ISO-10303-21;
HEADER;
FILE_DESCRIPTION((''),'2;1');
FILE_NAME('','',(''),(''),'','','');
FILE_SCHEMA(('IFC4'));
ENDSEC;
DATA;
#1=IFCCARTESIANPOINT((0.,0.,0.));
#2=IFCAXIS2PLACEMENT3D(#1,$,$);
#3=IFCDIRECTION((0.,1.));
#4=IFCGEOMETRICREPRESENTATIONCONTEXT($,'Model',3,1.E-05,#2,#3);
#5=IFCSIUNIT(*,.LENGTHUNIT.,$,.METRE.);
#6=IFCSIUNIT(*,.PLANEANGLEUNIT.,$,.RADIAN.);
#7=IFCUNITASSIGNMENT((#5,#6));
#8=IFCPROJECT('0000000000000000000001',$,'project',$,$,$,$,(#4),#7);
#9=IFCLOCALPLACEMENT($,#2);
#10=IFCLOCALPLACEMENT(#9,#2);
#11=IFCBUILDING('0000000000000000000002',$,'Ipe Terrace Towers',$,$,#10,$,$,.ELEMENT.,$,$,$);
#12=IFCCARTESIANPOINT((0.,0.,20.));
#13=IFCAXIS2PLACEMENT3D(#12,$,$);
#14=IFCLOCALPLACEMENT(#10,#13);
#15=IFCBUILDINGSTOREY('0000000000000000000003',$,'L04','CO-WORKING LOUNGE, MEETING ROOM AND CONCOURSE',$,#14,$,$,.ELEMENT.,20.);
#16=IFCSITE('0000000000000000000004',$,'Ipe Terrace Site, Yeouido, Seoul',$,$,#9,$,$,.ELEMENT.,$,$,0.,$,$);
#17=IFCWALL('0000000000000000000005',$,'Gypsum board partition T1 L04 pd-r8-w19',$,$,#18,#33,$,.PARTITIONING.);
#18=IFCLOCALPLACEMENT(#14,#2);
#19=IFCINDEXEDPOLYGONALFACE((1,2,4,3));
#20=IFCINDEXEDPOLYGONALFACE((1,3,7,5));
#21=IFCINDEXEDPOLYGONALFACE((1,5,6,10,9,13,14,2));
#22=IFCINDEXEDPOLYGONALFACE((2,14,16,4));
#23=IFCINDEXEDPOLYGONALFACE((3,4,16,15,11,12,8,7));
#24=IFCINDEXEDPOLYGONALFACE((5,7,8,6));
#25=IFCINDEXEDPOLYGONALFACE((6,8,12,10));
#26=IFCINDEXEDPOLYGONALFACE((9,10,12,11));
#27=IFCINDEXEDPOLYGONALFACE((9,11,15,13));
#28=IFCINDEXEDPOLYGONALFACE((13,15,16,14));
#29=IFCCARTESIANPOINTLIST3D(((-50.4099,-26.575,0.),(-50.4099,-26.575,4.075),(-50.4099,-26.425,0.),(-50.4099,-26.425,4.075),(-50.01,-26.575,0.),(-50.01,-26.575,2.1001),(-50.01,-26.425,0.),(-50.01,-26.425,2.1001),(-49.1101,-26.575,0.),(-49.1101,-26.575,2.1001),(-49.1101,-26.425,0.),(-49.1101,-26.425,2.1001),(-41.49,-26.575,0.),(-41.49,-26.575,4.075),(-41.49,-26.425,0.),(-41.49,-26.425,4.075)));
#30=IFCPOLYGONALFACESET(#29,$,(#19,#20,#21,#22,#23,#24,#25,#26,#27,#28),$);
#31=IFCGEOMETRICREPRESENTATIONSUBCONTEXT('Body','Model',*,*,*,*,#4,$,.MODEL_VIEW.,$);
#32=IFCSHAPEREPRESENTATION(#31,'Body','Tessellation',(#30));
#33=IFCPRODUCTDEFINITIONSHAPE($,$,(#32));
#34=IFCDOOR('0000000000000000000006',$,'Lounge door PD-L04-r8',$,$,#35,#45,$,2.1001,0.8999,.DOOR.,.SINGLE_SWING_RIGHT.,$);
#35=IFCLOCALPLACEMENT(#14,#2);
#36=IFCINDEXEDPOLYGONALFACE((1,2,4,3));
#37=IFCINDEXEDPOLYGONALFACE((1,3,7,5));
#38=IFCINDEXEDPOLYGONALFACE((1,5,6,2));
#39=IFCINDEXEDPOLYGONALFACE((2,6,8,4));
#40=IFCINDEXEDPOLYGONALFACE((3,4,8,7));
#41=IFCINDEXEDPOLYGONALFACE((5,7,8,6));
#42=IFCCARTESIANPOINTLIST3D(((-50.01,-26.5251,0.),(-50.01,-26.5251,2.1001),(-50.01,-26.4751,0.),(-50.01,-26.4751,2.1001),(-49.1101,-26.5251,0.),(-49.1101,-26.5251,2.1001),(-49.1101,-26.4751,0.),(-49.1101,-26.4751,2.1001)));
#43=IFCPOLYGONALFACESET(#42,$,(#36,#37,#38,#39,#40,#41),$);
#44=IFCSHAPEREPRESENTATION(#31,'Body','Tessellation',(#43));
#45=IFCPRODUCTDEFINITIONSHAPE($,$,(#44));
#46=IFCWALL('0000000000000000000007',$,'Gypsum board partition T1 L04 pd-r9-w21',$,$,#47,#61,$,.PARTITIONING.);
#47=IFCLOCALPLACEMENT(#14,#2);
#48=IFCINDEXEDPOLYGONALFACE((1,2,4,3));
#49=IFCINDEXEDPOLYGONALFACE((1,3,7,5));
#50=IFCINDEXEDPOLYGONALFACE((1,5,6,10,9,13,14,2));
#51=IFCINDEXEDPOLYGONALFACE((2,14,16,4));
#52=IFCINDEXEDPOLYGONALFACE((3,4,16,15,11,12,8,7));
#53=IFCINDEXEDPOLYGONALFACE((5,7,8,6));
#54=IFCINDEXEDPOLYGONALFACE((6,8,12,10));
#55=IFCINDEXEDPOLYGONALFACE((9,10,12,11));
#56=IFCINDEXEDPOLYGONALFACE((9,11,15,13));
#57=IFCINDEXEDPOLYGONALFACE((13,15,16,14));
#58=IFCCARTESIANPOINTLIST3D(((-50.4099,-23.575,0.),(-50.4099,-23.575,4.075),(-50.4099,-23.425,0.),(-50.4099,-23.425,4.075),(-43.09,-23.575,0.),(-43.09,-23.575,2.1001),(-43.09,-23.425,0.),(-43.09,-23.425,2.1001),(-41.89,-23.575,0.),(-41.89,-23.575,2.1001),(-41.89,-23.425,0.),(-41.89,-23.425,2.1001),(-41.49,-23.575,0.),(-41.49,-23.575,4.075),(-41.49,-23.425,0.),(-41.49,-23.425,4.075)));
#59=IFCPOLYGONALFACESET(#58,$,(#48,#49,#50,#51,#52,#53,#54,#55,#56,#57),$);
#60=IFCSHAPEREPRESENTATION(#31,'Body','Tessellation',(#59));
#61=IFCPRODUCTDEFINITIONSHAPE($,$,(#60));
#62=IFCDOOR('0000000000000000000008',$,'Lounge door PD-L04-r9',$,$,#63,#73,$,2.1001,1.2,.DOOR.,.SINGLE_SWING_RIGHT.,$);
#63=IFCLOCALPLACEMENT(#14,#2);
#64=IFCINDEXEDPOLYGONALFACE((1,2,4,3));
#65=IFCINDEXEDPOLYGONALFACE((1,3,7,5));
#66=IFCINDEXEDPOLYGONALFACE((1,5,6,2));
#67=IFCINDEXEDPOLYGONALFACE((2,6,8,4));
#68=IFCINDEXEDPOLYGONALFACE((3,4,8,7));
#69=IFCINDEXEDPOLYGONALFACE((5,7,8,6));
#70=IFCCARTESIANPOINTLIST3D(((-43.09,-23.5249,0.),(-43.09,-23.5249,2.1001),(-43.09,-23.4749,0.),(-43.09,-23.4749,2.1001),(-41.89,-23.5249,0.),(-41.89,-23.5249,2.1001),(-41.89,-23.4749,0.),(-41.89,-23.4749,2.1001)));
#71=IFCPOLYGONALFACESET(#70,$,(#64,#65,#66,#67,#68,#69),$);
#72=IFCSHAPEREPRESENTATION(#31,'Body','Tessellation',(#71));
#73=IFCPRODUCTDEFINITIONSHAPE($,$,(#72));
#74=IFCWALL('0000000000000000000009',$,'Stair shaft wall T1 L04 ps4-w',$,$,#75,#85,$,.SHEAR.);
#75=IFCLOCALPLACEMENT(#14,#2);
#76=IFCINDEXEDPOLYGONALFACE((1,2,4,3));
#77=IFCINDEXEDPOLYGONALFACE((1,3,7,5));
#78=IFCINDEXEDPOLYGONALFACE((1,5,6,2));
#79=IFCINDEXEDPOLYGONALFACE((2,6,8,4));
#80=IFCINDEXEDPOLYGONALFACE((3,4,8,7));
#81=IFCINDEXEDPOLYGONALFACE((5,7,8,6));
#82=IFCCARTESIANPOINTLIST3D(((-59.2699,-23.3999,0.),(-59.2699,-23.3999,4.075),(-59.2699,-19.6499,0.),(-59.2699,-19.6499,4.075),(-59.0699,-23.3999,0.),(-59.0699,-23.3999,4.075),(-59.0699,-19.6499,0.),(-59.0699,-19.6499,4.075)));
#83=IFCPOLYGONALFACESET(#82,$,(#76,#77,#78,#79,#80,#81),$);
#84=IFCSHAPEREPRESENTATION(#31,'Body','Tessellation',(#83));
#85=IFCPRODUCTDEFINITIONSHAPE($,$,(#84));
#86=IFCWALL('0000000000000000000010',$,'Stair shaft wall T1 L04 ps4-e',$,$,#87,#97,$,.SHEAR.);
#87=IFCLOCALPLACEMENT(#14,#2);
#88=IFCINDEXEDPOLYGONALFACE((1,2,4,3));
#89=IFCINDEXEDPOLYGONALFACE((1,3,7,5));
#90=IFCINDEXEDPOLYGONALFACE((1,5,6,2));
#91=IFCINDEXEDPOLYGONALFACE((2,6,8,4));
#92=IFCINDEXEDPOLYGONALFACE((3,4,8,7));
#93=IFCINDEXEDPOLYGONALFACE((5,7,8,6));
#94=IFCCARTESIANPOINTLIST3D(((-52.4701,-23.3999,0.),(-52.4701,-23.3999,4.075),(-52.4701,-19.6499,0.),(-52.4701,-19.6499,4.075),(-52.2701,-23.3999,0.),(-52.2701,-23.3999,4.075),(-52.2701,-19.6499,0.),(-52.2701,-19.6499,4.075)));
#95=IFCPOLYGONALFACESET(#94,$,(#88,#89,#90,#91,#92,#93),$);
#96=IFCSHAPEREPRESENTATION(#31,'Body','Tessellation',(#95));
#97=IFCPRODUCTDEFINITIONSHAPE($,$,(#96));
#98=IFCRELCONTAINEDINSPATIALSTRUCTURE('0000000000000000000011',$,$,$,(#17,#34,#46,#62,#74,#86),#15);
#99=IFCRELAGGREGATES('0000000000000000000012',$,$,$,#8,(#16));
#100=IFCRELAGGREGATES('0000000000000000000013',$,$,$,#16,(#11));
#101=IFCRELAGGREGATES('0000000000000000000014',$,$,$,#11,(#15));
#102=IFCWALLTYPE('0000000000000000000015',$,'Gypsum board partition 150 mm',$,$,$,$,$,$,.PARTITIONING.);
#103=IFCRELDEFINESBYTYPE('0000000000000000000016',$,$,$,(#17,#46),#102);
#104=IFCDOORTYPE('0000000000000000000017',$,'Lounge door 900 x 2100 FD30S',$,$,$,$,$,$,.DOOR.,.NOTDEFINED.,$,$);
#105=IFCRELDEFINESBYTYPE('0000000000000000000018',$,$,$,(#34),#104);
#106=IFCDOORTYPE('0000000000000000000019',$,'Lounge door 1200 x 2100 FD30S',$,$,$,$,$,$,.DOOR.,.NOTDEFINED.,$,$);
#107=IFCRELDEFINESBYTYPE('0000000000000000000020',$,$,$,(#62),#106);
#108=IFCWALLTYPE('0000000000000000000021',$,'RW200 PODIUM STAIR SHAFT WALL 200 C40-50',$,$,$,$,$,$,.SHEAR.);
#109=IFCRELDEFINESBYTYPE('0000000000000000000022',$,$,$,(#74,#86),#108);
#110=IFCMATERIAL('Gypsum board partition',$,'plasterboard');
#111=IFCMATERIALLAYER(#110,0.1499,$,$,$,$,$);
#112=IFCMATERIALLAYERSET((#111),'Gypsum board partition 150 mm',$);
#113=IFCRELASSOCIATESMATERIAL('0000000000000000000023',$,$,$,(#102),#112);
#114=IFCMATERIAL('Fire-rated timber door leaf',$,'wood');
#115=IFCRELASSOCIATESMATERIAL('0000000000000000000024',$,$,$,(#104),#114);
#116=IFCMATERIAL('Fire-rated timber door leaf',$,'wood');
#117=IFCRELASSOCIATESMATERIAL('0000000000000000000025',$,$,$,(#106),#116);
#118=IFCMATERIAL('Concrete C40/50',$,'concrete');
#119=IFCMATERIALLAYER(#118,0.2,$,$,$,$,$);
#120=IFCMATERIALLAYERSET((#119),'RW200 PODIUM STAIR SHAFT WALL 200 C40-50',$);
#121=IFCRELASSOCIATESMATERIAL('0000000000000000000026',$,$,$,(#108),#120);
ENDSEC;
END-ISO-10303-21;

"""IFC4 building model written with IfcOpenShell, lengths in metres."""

from ifc_helpers import new_model, si_unit, direction, frame, frame_2d, origin, place, context, subcontext, project, spatial, rectangle, extrude, material, layer, layer_set, type_object, element, fill, save


model = new_model("IFC4")

# Units and contexts
model_context = context("Model", 3, precision=1e-05, world=origin(), true_north=direction((0.0, 1.0)))
body_context = subcontext(model_context, "Body", "Model", "MODEL_VIEW")
ifc_project = project(units=[si_unit("LENGTHUNIT", "METRE"), si_unit("PLANEANGLEUNIT", "RADIAN")], contexts=[model_context])

# Site, building, storey
site_placement = place(None, origin())
site = spatial("IfcSite", under=ifc_project, at=site_placement, Name="Ipe Terrace Site, Yeouido, Seoul", CompositionType="ELEMENT", RefElevation=0.0)
building_placement = place(site_placement, origin())
building = spatial("IfcBuilding", under=site, at=building_placement, Name="Ipe Terrace Towers", CompositionType="ELEMENT")
storey_placement = place(building_placement, frame((0.0, 0.0, 20.0)))
storey = spatial("IfcBuildingStorey", under=building, at=storey_placement, Name="L04", Description="CO-WORKING LOUNGE, MEETING ROOM AND CONCOURSE", CompositionType="ELEMENT", Elevation=20.0)

# Shared definitions
ifc_material_1 = material(Name="Gypsum board partition", Category="plasterboard")
ifc_layer_1 = layer(ifc_material_1, 0.1499)
ifc_layer_set_1 = layer_set([ifc_layer_1], Name="Gypsum board partition 150 mm")
wall_type_1 = type_object("IfcWallType", Name="Gypsum board partition 150 mm", PredefinedType="PARTITIONING", material=ifc_layer_set_1)

# Walls, openings, doors
wall_1_placement = place(storey_placement, frame((-50.4099, -26.5, 0.0), z_axis=(0.0, 0.0, 1.0), x_axis=(1.0, 0.0, 0.0)))
wall_1 = element("IfcWall", 1, at=wall_1_placement, inside=storey, type_object=wall_type_1, Name="Gypsum board partition T1 L04 pd-r8-w19", PredefinedType="PARTITIONING", context=body_context, shape_type="SweptSolid", body=[
    extrude(rectangle(XDim=8.9199, YDim=0.1499, at=frame_2d((4.46, 0.0))), origin(), (0.0, 0.0, 1.0), 4.075),
])
opening_1_placement = place(wall_1_placement, frame((0.3999, 0.0, 0.0)))
opening_1 = element("IfcOpeningElement", 2, at=opening_1_placement, cuts=wall_1, PredefinedType="OPENING", context=body_context, shape_type="SweptSolid", body=[
    extrude(rectangle(XDim=0.8999, YDim=2.1001, at=frame_2d((0.45, 1.05))), frame((0.0, 0.085, 0.0), z_axis=(0.0, -1.0, 0.0), x_axis=(1.0, 0.0, 0.0)), (0.0, 0.0, 1.0), 0.1699),
])
ifc_material_2 = material(Name="Fire-rated timber door leaf", Category="wood")
door_type_1 = type_object("IfcDoorType", Name="Lounge door 900 x 2100 FD30S", OperationType="NOTDEFINED", PredefinedType="DOOR", material=ifc_material_2)
door_1_placement = place(opening_1_placement, origin())
door_1 = element("IfcDoor", 3, at=door_1_placement, inside=storey, type_object=door_type_1, Name="Lounge door PD-L04-r8", OperationType="SINGLE_SWING_RIGHT", OverallHeight=2.1001, OverallWidth=0.8999, PredefinedType="DOOR", context=body_context, shape_type="SweptSolid", body=[
    extrude(rectangle(XDim=0.8999, YDim=2.1001, at=frame_2d((0.45, 1.05))), frame((0.0, 0.0249, 0.0), z_axis=(0.0, -1.0, 0.0), x_axis=(1.0, 0.0, 0.0)), (0.0, 0.0, 1.0), 0.05),
])
fill(opening_1, door_1)
wall_2_placement = place(storey_placement, frame((-41.49, -23.5, 0.0), z_axis=(0.0, 0.0, 1.0), x_axis=(-1.0, 0.0, 0.0)))
wall_2 = element("IfcWall", 4, at=wall_2_placement, inside=storey, type_object=wall_type_1, Name="Gypsum board partition T1 L04 pd-r9-w21", PredefinedType="PARTITIONING", context=body_context, shape_type="SweptSolid", body=[
    extrude(rectangle(XDim=8.9199, YDim=0.1499, at=frame_2d((4.46, 0.0))), origin(), (0.0, 0.0, 1.0), 4.075),
])
opening_2_placement = place(wall_2_placement, frame((0.3999, 0.0, 0.0)))
opening_2 = element("IfcOpeningElement", 5, at=opening_2_placement, cuts=wall_2, PredefinedType="OPENING", context=body_context, shape_type="SweptSolid", body=[
    extrude(rectangle(XDim=1.2, YDim=2.1001, at=frame_2d((0.6001, 1.05))), frame((0.0, 0.085, 0.0), z_axis=(0.0, -1.0, 0.0), x_axis=(1.0, 0.0, 0.0)), (0.0, 0.0, 1.0), 0.1699),
])
ifc_material_3 = material(Name="Fire-rated timber door leaf", Category="wood")
door_type_2 = type_object("IfcDoorType", Name="Lounge door 1200 x 2100 FD30S", OperationType="NOTDEFINED", PredefinedType="DOOR", material=ifc_material_3)
door_2_placement = place(opening_2_placement, origin())
door_2 = element("IfcDoor", 6, at=door_2_placement, inside=storey, type_object=door_type_2, Name="Lounge door PD-L04-r9", OperationType="SINGLE_SWING_RIGHT", OverallHeight=2.1001, OverallWidth=1.2, PredefinedType="DOOR", context=body_context, shape_type="SweptSolid", body=[
    extrude(rectangle(XDim=1.2, YDim=2.1001, at=frame_2d((0.6001, 1.05))), frame((0.0, 0.0249, 0.0), z_axis=(0.0, -1.0, 0.0), x_axis=(1.0, 0.0, 0.0)), (0.0, 0.0, 1.0), 0.05),
])
fill(opening_2, door_2)

# Walls
ifc_material_4 = material(Name="Concrete C40/50", Category="concrete")
ifc_layer_2 = layer(ifc_material_4, 0.2)
ifc_layer_set_2 = layer_set([ifc_layer_2], Name="RW200 PODIUM STAIR SHAFT WALL 200 C40-50")
wall_type_2 = type_object("IfcWallType", Name="RW200 PODIUM STAIR SHAFT WALL 200 C40-50", PredefinedType="SHEAR", material=ifc_layer_set_2)
for number, where, z_axis, x_axis, name in (
    (7, (-59.1699, -23.3999, 0.0), (0.0, 0.0, 1.0), (0.0, 1.0, 0.0), "Stair shaft wall T1 L04 ps4-w"),
    (8, (-52.3701, -23.3999, 0.0), (0.0, 0.0, 1.0), (0.0, 1.0, 0.0), "Stair shaft wall T1 L04 ps4-e"),
):
    element("IfcWall", number, at=place(storey_placement, frame(where, z_axis=z_axis, x_axis=x_axis)), inside=storey, type_object=wall_type_2, Name=name, PredefinedType="SHEAR", context=body_context, shape_type="SweptSolid", body=[
        extrude(rectangle(XDim=3.75, YDim=0.2, at=frame_2d((1.875, 0.0))), origin(), (0.0, 0.0, 1.0), 4.075),
    ])

save(model, "model.ifc")
